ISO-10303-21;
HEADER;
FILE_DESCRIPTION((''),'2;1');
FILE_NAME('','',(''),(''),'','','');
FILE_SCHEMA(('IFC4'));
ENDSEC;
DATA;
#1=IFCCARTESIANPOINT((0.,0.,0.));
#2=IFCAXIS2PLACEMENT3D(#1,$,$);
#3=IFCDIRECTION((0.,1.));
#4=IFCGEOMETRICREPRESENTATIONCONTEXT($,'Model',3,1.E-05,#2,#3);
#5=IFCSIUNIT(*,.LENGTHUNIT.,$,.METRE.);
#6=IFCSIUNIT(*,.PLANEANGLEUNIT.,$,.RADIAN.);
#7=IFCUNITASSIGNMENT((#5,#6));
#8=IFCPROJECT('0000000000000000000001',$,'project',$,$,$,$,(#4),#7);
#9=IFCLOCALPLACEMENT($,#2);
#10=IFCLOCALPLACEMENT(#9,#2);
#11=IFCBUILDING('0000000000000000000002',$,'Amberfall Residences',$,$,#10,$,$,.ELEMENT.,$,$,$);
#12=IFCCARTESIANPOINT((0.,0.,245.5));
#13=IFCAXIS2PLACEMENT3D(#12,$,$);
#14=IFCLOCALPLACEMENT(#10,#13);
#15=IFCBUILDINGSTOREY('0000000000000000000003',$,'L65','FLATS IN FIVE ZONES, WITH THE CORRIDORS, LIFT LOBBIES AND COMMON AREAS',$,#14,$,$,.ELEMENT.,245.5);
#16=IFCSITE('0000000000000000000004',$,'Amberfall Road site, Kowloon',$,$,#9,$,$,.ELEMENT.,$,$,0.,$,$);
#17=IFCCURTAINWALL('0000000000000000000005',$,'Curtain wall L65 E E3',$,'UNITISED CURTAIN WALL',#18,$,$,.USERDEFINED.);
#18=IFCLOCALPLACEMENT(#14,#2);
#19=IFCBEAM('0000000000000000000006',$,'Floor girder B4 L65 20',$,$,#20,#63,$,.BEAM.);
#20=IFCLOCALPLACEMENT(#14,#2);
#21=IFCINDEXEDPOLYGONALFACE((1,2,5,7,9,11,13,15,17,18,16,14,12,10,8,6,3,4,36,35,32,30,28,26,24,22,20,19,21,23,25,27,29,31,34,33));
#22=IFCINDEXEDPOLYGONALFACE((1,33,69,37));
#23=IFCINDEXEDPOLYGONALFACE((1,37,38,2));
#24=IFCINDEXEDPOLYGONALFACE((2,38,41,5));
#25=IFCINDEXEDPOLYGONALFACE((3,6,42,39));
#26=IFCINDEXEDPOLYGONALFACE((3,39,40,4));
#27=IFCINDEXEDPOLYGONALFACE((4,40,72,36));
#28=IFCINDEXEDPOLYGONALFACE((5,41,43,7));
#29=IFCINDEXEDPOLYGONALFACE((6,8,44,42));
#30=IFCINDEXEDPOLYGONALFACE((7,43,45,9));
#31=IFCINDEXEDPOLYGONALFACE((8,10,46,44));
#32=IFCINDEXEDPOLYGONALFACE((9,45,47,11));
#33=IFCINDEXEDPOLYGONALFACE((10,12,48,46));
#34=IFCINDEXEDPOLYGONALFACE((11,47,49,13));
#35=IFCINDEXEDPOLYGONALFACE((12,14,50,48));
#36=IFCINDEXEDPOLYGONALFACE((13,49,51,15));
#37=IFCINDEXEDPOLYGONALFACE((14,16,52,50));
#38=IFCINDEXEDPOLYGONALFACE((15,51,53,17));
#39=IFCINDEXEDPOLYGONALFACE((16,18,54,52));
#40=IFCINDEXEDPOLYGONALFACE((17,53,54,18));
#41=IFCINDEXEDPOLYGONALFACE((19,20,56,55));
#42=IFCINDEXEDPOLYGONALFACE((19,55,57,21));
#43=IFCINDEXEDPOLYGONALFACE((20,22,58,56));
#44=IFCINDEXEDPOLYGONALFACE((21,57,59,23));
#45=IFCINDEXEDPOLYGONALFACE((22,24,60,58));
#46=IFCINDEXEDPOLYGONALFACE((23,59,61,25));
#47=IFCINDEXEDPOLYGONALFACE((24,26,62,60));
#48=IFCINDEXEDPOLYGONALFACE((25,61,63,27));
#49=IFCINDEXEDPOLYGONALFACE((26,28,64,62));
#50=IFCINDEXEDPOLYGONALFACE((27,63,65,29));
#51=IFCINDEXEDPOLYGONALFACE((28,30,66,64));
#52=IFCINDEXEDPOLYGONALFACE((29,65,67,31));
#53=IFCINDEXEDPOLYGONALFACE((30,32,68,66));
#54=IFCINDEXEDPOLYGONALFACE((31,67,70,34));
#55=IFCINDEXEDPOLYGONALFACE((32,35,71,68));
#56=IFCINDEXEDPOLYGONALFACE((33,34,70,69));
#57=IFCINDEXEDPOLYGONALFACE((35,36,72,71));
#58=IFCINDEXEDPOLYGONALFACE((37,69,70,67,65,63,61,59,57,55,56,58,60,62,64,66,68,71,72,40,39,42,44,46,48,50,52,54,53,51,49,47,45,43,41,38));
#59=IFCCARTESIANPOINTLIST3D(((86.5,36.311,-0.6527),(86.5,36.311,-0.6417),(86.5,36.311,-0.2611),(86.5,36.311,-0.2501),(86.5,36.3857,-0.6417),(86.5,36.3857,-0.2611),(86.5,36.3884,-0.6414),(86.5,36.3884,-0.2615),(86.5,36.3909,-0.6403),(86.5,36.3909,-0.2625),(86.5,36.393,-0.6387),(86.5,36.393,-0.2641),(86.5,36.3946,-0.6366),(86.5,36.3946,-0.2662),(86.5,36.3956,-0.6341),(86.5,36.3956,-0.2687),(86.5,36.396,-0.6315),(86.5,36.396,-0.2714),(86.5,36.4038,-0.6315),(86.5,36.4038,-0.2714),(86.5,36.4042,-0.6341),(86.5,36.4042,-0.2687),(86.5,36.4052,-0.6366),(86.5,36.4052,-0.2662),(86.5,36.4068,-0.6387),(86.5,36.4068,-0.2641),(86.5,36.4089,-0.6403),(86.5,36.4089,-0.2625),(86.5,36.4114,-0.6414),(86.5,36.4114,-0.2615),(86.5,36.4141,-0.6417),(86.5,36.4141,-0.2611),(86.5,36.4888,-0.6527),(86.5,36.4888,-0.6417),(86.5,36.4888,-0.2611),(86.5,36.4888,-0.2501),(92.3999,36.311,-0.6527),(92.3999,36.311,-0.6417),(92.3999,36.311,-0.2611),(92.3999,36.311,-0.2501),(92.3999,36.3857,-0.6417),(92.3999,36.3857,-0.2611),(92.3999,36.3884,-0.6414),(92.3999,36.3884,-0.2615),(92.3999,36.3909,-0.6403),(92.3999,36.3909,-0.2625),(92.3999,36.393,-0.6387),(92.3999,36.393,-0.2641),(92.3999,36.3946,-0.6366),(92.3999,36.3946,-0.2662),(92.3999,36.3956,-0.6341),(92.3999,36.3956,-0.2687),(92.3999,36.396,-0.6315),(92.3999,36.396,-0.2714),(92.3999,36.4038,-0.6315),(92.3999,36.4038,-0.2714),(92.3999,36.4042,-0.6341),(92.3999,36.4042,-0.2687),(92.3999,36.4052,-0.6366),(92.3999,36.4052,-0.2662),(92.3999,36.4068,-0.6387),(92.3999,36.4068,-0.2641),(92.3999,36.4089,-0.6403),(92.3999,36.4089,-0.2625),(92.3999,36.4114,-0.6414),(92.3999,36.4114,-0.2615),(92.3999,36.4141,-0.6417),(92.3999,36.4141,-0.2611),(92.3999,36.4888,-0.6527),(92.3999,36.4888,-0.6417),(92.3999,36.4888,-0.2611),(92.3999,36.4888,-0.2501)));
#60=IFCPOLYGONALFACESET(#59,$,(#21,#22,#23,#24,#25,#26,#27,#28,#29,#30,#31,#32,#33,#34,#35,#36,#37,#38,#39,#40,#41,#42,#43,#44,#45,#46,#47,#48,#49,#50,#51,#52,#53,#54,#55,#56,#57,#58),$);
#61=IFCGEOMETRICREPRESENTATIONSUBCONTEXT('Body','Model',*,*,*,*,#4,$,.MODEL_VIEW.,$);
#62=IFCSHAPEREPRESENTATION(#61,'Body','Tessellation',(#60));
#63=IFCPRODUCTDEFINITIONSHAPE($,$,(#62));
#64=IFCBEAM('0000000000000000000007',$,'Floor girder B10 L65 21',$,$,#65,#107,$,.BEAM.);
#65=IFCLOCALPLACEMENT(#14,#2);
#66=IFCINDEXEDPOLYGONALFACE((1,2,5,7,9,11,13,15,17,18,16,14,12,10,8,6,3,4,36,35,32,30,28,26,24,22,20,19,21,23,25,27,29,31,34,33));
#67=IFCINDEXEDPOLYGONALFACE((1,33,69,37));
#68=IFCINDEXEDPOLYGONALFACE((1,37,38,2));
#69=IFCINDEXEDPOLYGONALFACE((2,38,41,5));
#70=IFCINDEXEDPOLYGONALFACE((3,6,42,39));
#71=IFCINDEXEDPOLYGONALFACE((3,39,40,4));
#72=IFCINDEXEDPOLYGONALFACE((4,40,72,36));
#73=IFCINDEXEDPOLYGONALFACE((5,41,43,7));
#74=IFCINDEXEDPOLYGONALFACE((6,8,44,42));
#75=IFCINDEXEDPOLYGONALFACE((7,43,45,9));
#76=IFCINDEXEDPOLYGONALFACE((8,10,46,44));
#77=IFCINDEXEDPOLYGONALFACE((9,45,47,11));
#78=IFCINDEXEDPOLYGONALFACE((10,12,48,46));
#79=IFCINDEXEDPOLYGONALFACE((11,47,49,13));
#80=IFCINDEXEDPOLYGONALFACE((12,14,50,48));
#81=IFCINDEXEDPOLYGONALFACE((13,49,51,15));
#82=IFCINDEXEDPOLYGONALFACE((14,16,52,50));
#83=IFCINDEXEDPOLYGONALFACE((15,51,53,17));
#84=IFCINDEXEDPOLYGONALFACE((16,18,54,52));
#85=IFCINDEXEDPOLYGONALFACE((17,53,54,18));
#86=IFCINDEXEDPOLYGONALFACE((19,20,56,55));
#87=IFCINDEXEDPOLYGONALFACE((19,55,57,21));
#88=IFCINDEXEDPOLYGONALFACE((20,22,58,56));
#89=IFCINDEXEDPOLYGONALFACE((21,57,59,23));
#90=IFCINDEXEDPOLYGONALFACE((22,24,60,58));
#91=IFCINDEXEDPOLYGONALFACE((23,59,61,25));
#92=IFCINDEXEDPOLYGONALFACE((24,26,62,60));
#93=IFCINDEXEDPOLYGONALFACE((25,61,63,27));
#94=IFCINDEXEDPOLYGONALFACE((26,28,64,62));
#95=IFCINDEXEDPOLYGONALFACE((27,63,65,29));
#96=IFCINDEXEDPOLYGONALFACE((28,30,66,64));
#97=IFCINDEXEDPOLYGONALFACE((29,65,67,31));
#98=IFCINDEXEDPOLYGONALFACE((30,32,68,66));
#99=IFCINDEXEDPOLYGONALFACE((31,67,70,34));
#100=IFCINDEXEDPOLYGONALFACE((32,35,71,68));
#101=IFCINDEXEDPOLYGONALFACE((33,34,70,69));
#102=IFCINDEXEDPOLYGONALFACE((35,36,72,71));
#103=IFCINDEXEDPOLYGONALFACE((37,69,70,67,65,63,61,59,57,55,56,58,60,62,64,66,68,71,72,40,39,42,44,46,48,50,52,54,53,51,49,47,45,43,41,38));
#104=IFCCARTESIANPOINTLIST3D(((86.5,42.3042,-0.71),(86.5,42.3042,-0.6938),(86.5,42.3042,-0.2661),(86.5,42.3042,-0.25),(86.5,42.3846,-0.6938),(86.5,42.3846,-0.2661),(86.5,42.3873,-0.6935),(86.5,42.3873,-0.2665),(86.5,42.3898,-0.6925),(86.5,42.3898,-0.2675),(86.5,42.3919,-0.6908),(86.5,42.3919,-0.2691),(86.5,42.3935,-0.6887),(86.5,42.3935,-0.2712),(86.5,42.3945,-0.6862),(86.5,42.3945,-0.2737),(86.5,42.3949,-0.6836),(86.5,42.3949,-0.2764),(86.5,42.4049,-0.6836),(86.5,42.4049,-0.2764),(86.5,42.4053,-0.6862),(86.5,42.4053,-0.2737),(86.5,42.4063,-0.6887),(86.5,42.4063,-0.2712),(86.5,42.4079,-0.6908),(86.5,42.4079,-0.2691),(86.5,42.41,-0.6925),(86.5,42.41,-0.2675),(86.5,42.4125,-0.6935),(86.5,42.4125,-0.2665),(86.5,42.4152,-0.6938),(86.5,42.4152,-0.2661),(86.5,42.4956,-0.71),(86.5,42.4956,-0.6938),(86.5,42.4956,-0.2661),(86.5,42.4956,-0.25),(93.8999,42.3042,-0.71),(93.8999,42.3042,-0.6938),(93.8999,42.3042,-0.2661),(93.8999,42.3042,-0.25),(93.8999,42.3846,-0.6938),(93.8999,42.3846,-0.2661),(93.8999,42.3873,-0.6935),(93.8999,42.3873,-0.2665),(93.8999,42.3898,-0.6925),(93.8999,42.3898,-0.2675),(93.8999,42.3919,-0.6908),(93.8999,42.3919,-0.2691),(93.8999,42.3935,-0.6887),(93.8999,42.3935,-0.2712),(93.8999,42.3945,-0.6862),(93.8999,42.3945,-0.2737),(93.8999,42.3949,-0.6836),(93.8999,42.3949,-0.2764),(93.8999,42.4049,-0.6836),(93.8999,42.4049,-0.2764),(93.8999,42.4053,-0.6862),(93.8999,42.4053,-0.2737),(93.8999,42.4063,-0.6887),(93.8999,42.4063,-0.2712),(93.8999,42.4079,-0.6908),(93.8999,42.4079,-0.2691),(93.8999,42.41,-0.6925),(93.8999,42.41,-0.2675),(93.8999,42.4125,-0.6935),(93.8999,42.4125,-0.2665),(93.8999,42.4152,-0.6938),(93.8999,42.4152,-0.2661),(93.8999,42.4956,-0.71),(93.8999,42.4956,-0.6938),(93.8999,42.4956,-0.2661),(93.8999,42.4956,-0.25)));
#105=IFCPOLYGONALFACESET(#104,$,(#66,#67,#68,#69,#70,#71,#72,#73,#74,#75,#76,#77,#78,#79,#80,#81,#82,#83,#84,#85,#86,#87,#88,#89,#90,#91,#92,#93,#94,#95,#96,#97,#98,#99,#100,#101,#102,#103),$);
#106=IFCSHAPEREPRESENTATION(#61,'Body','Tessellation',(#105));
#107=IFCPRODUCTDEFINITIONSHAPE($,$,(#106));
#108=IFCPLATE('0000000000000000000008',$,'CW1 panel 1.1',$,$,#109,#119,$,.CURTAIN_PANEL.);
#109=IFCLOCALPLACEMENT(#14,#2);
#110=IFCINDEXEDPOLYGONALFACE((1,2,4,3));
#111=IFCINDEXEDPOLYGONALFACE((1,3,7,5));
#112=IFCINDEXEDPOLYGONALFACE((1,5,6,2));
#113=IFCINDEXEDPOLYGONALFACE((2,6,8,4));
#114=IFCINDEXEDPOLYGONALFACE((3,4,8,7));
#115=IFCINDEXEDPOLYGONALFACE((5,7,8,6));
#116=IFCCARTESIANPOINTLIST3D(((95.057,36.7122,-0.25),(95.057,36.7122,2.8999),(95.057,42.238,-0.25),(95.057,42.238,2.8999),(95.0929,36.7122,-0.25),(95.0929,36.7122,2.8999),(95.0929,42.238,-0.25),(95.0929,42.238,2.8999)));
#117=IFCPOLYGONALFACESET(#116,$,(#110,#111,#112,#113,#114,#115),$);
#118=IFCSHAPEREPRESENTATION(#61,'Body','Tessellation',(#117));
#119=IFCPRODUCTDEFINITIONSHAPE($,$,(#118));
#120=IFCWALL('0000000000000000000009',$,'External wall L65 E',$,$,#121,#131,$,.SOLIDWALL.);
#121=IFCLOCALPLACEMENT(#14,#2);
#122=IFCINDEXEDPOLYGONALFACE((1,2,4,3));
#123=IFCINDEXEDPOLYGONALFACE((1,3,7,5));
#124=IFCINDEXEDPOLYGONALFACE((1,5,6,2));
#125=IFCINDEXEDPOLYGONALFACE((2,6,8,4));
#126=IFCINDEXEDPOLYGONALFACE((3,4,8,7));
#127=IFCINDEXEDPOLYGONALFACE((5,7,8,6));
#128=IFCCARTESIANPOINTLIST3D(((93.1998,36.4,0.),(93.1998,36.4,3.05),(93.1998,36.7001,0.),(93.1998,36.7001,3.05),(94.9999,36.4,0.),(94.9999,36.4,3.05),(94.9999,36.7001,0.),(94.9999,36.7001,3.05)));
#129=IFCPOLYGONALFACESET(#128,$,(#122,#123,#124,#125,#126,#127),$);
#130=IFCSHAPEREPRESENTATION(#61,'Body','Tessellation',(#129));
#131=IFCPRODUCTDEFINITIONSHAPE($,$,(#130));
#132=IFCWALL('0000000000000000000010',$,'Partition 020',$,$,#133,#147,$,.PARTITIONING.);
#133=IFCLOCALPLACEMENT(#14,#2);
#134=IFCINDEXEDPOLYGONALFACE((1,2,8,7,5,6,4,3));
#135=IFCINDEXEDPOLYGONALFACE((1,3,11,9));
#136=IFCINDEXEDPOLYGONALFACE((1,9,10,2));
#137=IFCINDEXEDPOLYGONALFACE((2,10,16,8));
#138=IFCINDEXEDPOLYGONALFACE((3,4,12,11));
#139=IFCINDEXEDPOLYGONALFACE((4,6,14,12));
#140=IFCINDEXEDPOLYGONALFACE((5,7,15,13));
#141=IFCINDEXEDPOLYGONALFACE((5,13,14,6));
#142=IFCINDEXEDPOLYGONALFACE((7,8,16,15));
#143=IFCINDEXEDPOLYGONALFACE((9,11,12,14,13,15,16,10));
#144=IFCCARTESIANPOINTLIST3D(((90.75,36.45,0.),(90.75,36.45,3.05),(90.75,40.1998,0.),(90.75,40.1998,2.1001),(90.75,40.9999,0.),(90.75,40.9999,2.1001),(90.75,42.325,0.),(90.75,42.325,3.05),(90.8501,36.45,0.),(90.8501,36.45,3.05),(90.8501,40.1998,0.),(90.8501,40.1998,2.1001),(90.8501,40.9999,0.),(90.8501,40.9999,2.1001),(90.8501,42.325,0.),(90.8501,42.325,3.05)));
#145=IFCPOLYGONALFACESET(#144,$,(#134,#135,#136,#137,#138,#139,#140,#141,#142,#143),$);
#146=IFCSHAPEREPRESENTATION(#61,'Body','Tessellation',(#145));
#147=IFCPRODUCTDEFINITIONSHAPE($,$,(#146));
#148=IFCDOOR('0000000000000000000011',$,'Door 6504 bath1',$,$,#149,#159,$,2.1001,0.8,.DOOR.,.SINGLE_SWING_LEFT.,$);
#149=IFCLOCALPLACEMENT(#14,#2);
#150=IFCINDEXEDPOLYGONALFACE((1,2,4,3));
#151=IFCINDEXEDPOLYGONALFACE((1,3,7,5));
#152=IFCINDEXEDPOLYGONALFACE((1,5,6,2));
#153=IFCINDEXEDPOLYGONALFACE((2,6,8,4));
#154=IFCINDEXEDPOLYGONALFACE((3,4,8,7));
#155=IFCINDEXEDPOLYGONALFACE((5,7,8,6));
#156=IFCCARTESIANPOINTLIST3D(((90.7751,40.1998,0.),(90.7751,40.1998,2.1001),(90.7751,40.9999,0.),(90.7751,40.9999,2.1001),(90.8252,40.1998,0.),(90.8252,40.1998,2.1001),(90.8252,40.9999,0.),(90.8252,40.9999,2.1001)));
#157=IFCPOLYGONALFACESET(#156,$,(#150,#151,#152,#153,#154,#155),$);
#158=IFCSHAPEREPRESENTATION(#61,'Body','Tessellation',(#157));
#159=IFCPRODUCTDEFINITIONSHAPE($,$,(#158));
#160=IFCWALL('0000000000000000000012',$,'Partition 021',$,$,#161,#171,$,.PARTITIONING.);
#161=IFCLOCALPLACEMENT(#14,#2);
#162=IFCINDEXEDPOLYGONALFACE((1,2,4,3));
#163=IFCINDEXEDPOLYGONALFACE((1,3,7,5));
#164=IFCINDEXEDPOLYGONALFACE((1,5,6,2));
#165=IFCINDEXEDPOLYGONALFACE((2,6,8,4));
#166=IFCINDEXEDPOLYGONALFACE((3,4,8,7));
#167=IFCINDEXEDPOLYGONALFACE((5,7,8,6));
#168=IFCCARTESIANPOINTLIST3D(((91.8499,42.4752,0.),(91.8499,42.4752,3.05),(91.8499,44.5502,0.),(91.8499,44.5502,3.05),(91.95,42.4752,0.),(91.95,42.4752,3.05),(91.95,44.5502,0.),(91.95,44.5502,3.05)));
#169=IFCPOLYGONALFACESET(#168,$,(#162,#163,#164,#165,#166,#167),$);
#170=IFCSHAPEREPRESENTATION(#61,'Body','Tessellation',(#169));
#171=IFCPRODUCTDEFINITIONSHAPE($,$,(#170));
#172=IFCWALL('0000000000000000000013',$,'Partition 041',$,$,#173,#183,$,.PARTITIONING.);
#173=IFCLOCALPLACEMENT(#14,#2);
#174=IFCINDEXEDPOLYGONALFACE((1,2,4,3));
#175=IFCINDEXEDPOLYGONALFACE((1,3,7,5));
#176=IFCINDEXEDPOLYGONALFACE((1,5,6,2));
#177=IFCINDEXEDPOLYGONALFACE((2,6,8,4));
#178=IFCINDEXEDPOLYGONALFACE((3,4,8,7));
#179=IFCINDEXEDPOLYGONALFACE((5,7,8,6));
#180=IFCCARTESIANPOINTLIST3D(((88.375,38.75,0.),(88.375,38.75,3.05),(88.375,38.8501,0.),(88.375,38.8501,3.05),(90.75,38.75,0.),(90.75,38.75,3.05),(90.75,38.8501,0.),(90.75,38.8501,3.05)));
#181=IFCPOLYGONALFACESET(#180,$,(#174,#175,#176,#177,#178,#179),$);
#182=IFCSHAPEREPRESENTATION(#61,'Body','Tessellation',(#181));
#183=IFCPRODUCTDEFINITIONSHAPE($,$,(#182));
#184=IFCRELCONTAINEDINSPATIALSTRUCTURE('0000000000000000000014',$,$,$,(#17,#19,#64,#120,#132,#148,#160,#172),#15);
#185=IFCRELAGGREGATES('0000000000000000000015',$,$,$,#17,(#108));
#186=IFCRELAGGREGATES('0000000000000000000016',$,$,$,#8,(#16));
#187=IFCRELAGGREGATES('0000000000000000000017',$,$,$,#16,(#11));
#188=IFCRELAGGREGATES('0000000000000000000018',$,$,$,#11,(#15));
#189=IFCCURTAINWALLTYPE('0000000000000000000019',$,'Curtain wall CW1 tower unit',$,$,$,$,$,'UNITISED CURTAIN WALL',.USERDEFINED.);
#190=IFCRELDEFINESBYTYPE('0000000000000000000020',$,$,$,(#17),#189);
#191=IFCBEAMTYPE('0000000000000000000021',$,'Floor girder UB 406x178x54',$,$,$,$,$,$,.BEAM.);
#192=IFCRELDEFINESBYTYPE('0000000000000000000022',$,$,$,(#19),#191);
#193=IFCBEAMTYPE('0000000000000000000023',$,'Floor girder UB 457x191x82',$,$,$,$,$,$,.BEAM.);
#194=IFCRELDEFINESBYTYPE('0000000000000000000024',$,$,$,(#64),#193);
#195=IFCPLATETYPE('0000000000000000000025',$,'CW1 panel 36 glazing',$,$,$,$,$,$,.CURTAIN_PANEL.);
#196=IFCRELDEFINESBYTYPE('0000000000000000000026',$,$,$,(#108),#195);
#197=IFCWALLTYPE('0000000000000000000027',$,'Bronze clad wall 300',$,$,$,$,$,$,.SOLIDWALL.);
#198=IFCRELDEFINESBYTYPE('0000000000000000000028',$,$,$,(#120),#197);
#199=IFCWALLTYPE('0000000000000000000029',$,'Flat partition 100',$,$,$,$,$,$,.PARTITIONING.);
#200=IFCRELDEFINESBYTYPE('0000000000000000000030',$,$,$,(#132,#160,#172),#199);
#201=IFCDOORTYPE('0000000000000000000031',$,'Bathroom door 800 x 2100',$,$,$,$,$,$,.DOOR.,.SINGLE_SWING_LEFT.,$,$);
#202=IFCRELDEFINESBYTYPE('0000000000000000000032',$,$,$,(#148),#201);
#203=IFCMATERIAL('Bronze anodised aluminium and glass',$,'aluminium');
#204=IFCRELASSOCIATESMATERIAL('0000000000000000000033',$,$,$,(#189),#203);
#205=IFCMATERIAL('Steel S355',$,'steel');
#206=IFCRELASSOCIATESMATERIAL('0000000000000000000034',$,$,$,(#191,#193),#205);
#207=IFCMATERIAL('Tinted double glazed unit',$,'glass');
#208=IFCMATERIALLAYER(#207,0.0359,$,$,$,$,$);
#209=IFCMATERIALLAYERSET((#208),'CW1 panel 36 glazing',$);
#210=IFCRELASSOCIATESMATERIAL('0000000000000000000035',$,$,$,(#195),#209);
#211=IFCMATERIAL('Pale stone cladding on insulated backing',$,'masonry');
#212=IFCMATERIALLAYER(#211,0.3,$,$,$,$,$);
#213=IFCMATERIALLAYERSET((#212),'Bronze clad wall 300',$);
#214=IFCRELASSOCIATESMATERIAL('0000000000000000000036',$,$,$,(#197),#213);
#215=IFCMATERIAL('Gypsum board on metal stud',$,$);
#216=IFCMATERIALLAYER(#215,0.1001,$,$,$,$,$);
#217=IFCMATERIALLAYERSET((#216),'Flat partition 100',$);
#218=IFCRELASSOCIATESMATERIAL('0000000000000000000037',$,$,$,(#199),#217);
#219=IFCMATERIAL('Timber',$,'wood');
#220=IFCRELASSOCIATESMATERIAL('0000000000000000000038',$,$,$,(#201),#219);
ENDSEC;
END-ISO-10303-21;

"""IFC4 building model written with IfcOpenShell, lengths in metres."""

from ifc_helpers import new_model, si_unit, direction, frame, frame_2d, origin, origin_2d, place, context, subcontext, project, spatial, rectangle, i_section, extrude, material, layer, layer_set, material_profile, profile_set, type_object, element, fill, aggregate, save


model = new_model("IFC4")

# Units and contexts
model_context = context("Model", 3, precision=1e-05, world=origin(), true_north=direction((0.0, 1.0)))
body_context = subcontext(model_context, "Body", "Model", "MODEL_VIEW")
ifc_project = project(units=[si_unit("LENGTHUNIT", "METRE"), si_unit("PLANEANGLEUNIT", "RADIAN")], contexts=[model_context])

# Site, building, storey
site_placement = place(None, origin())
site = spatial("IfcSite", under=ifc_project, at=site_placement, Name="Amberfall Road site, Kowloon", CompositionType="ELEMENT", RefElevation=0.0)
building_placement = place(site_placement, origin())
building = spatial("IfcBuilding", under=site, at=building_placement, Name="Amberfall Residences", CompositionType="ELEMENT")
storey_placement = place(building_placement, frame((0.0, 0.0, 245.5)))
storey = spatial("IfcBuildingStorey", under=building, at=storey_placement, Name="L65", Description="FLATS IN FIVE ZONES, WITH THE CORRIDORS, LIFT LOBBIES AND COMMON AREAS", CompositionType="ELEMENT", Elevation=245.5)

# Curtain wall
ifc_material_1 = material(Name="Bronze anodised aluminium and glass", Category="aluminium")
curtain_wall_type = type_object("IfcCurtainWallType", Name="Curtain wall CW1 tower unit", ElementType="UNITISED CURTAIN WALL", PredefinedType="USERDEFINED", material=ifc_material_1)
curtain_wall_placement = place(storey_placement, origin())
curtain_wall = element("IfcCurtainWall", 1, at=curtain_wall_placement, inside=storey, type_object=curtain_wall_type, Name="Curtain wall L65 E E3", ObjectType="UNITISED CURTAIN WALL", PredefinedType="USERDEFINED")

# Shared definitions
ifc_material_2 = material(Name="Steel S355", Category="steel")

# Beams
ifc_material_profile_1 = material_profile(ifc_material_2, i_section(OverallWidth=0.1777, OverallDepth=0.4026, WebThickness=0.0078, FlangeThickness=0.011, FilletRadius=0.0103, at=origin_2d()), Name="UB 406x178x54")
ifc_profile_set_1 = profile_set([ifc_material_profile_1], Name="Steel S355")
beam_type_1 = type_object("IfcBeamType", Name="Floor girder UB 406x178x54", PredefinedType="BEAM", material=ifc_profile_set_1)
beam_1_placement = place(storey_placement, frame((92.3999, 36.3999, -0.4514), z_axis=(-1.0, 0.0, 0.0), x_axis=(0.0, -1.0, 0.0)))
element("IfcBeam", 2, at=beam_1_placement, inside=storey, type_object=beam_type_1, Name="Floor girder B4 L65 20", PredefinedType="BEAM", context=body_context, shape_type="SweptSolid", body=[
    extrude(i_section(OverallWidth=0.1777, OverallDepth=0.4026, WebThickness=0.0078, FlangeThickness=0.011, FilletRadius=0.0103, at=origin_2d()), origin(), (0.0, 0.0, 1.0), 5.8999),
])
ifc_material_profile_2 = material_profile(ifc_material_2, i_section(OverallWidth=0.1914, OverallDepth=0.46, WebThickness=0.01, FlangeThickness=0.0161, FilletRadius=0.0103, at=origin_2d()), Name="UB 457x191x82")
ifc_profile_set_2 = profile_set([ifc_material_profile_2], Name="Steel S355")
beam_type_2 = type_object("IfcBeamType", Name="Floor girder UB 457x191x82", PredefinedType="BEAM", material=ifc_profile_set_2)
beam_2_placement = place(storey_placement, frame((93.8999, 42.3999, -0.48), z_axis=(-1.0, 0.0, 0.0), x_axis=(0.0, -1.0, 0.0)))
element("IfcBeam", 3, at=beam_2_placement, inside=storey, type_object=beam_type_2, Name="Floor girder B10 L65 21", PredefinedType="BEAM", context=body_context, shape_type="SweptSolid", body=[
    extrude(i_section(OverallWidth=0.1914, OverallDepth=0.46, WebThickness=0.01, FlangeThickness=0.0161, FilletRadius=0.0103, at=origin_2d()), origin(), (0.0, 0.0, 1.0), 7.3999),
])

# Plate
ifc_material_3 = material(Name="Tinted double glazed unit", Category="glass")
ifc_layer_1 = layer(ifc_material_3, 0.0359)
ifc_layer_set_1 = layer_set([ifc_layer_1], Name="CW1 panel 36 glazing")
plate_type = type_object("IfcPlateType", Name="CW1 panel 36 glazing", PredefinedType="CURTAIN_PANEL", material=ifc_layer_set_1)
plate_placement = place(storey_placement, frame((95.075, 39.4751, -0.25), z_axis=(0.0, 0.0, 1.0), x_axis=(0.0, 1.0, 0.0)))
plate = element("IfcPlate", 4, at=plate_placement, type_object=plate_type, Name="CW1 panel 1.1", PredefinedType="CURTAIN_PANEL", context=body_context, shape_type="SweptSolid", body=[
    extrude(rectangle(XDim=5.5259, YDim=0.0359, at=origin_2d()), origin(), (0.0, 0.0, 1.0), 3.1499),
])
aggregate(curtain_wall, [plate])

# Wall
ifc_material_4 = material(Name="Pale stone cladding on insulated backing", Category="masonry")
ifc_layer_2 = layer(ifc_material_4, 0.3)
ifc_layer_set_2 = layer_set([ifc_layer_2], Name="Bronze clad wall 300")
wall_type_1 = type_object("IfcWallType", Name="Bronze clad wall 300", PredefinedType="SOLIDWALL", material=ifc_layer_set_2)
wall_1_placement = place(storey_placement, frame((93.2, 36.55, 0.0), z_axis=(0.0, 0.0, 1.0), x_axis=(1.0, 0.0, 0.0)))
element("IfcWall", 5, at=wall_1_placement, inside=storey, type_object=wall_type_1, Name="External wall L65 E", PredefinedType="SOLIDWALL", context=body_context, shape_type="SweptSolid", body=[
    extrude(rectangle(XDim=1.8, YDim=0.3, at=frame_2d((0.8999, 0.0))), origin(), (0.0, 0.0, 1.0), 3.05),
])

# Wall, opening, door
ifc_material_5 = material(Name="Gypsum board on metal stud")
ifc_layer_3 = layer(ifc_material_5, 0.1001)
ifc_layer_set_3 = layer_set([ifc_layer_3], Name="Flat partition 100")
wall_type_2 = type_object("IfcWallType", Name="Flat partition 100", PredefinedType="PARTITIONING", material=ifc_layer_set_3)
wall_2_placement = place(storey_placement, frame((90.8, 36.45, 0.0), z_axis=(0.0, 0.0, 1.0), x_axis=(0.0, 1.0, 0.0)))
wall_2 = element("IfcWall", 6, at=wall_2_placement, inside=storey, type_object=wall_type_2, Name="Partition 020", PredefinedType="PARTITIONING", context=body_context, shape_type="SweptSolid", body=[
    extrude(rectangle(XDim=5.875, YDim=0.1001, at=frame_2d((2.9375, 0.0))), origin(), (0.0, 0.0, 1.0), 3.05),
])
opening_1_placement = place(wall_2_placement, frame((3.75, 0.0, 0.0)))
opening_1 = element("IfcOpeningElement", 7, at=opening_1_placement, cuts=wall_2, PredefinedType="OPENING", context=body_context, shape_type="SweptSolid", body=[
    extrude(rectangle(XDim=0.8, YDim=2.1001, at=frame_2d((0.3999, 1.05))), frame((0.0, 0.0601, 0.0), z_axis=(0.0, -1.0, 0.0), x_axis=(1.0, 0.0, 0.0)), (0.0, 0.0, 1.0), 0.1201),
])
ifc_material_6 = material(Name="Timber", Category="wood")
door_type_1 = type_object("IfcDoorType", Name="Bathroom door 800 x 2100", OperationType="SINGLE_SWING_LEFT", PredefinedType="DOOR", material=ifc_material_6)
door_1_placement = place(opening_1_placement, origin())
door_1 = element("IfcDoor", 8, at=door_1_placement, inside=storey, type_object=door_type_1, Name="Door 6504 bath1", OperationType="SINGLE_SWING_LEFT", OverallHeight=2.1001, OverallWidth=0.8, PredefinedType="DOOR", context=body_context, shape_type="SweptSolid", body=[
    extrude(rectangle(XDim=0.8, YDim=2.1001, at=frame_2d((0.3999, 1.05))), frame((0.0, 0.0249, 0.0), z_axis=(0.0, -1.0, 0.0), x_axis=(1.0, 0.0, 0.0)), (0.0, 0.0, 1.0), 0.05),
])
fill(opening_1, door_1)

# Walls
wall_3_placement = place(storey_placement, frame((91.8999, 42.4751, 0.0), z_axis=(0.0, 0.0, 1.0), x_axis=(0.0, 1.0, 0.0)))
element("IfcWall", 9, at=wall_3_placement, inside=storey, type_object=wall_type_2, Name="Partition 021", PredefinedType="PARTITIONING", context=body_context, shape_type="SweptSolid", body=[
    extrude(rectangle(XDim=2.075, YDim=0.1001, at=frame_2d((1.0376, 0.0))), origin(), (0.0, 0.0, 1.0), 3.05),
])
wall_4_placement = place(storey_placement, frame((88.375, 38.8, 0.0), z_axis=(0.0, 0.0, 1.0), x_axis=(1.0, 0.0, 0.0)))
element("IfcWall", 10, at=wall_4_placement, inside=storey, type_object=wall_type_2, Name="Partition 041", PredefinedType="PARTITIONING", context=body_context, shape_type="SweptSolid", body=[
    extrude(rectangle(XDim=2.375, YDim=0.1001, at=frame_2d((1.1875, 0.0))), origin(), (0.0, 0.0, 1.0), 3.05),
])

save(model, "model.ifc")
